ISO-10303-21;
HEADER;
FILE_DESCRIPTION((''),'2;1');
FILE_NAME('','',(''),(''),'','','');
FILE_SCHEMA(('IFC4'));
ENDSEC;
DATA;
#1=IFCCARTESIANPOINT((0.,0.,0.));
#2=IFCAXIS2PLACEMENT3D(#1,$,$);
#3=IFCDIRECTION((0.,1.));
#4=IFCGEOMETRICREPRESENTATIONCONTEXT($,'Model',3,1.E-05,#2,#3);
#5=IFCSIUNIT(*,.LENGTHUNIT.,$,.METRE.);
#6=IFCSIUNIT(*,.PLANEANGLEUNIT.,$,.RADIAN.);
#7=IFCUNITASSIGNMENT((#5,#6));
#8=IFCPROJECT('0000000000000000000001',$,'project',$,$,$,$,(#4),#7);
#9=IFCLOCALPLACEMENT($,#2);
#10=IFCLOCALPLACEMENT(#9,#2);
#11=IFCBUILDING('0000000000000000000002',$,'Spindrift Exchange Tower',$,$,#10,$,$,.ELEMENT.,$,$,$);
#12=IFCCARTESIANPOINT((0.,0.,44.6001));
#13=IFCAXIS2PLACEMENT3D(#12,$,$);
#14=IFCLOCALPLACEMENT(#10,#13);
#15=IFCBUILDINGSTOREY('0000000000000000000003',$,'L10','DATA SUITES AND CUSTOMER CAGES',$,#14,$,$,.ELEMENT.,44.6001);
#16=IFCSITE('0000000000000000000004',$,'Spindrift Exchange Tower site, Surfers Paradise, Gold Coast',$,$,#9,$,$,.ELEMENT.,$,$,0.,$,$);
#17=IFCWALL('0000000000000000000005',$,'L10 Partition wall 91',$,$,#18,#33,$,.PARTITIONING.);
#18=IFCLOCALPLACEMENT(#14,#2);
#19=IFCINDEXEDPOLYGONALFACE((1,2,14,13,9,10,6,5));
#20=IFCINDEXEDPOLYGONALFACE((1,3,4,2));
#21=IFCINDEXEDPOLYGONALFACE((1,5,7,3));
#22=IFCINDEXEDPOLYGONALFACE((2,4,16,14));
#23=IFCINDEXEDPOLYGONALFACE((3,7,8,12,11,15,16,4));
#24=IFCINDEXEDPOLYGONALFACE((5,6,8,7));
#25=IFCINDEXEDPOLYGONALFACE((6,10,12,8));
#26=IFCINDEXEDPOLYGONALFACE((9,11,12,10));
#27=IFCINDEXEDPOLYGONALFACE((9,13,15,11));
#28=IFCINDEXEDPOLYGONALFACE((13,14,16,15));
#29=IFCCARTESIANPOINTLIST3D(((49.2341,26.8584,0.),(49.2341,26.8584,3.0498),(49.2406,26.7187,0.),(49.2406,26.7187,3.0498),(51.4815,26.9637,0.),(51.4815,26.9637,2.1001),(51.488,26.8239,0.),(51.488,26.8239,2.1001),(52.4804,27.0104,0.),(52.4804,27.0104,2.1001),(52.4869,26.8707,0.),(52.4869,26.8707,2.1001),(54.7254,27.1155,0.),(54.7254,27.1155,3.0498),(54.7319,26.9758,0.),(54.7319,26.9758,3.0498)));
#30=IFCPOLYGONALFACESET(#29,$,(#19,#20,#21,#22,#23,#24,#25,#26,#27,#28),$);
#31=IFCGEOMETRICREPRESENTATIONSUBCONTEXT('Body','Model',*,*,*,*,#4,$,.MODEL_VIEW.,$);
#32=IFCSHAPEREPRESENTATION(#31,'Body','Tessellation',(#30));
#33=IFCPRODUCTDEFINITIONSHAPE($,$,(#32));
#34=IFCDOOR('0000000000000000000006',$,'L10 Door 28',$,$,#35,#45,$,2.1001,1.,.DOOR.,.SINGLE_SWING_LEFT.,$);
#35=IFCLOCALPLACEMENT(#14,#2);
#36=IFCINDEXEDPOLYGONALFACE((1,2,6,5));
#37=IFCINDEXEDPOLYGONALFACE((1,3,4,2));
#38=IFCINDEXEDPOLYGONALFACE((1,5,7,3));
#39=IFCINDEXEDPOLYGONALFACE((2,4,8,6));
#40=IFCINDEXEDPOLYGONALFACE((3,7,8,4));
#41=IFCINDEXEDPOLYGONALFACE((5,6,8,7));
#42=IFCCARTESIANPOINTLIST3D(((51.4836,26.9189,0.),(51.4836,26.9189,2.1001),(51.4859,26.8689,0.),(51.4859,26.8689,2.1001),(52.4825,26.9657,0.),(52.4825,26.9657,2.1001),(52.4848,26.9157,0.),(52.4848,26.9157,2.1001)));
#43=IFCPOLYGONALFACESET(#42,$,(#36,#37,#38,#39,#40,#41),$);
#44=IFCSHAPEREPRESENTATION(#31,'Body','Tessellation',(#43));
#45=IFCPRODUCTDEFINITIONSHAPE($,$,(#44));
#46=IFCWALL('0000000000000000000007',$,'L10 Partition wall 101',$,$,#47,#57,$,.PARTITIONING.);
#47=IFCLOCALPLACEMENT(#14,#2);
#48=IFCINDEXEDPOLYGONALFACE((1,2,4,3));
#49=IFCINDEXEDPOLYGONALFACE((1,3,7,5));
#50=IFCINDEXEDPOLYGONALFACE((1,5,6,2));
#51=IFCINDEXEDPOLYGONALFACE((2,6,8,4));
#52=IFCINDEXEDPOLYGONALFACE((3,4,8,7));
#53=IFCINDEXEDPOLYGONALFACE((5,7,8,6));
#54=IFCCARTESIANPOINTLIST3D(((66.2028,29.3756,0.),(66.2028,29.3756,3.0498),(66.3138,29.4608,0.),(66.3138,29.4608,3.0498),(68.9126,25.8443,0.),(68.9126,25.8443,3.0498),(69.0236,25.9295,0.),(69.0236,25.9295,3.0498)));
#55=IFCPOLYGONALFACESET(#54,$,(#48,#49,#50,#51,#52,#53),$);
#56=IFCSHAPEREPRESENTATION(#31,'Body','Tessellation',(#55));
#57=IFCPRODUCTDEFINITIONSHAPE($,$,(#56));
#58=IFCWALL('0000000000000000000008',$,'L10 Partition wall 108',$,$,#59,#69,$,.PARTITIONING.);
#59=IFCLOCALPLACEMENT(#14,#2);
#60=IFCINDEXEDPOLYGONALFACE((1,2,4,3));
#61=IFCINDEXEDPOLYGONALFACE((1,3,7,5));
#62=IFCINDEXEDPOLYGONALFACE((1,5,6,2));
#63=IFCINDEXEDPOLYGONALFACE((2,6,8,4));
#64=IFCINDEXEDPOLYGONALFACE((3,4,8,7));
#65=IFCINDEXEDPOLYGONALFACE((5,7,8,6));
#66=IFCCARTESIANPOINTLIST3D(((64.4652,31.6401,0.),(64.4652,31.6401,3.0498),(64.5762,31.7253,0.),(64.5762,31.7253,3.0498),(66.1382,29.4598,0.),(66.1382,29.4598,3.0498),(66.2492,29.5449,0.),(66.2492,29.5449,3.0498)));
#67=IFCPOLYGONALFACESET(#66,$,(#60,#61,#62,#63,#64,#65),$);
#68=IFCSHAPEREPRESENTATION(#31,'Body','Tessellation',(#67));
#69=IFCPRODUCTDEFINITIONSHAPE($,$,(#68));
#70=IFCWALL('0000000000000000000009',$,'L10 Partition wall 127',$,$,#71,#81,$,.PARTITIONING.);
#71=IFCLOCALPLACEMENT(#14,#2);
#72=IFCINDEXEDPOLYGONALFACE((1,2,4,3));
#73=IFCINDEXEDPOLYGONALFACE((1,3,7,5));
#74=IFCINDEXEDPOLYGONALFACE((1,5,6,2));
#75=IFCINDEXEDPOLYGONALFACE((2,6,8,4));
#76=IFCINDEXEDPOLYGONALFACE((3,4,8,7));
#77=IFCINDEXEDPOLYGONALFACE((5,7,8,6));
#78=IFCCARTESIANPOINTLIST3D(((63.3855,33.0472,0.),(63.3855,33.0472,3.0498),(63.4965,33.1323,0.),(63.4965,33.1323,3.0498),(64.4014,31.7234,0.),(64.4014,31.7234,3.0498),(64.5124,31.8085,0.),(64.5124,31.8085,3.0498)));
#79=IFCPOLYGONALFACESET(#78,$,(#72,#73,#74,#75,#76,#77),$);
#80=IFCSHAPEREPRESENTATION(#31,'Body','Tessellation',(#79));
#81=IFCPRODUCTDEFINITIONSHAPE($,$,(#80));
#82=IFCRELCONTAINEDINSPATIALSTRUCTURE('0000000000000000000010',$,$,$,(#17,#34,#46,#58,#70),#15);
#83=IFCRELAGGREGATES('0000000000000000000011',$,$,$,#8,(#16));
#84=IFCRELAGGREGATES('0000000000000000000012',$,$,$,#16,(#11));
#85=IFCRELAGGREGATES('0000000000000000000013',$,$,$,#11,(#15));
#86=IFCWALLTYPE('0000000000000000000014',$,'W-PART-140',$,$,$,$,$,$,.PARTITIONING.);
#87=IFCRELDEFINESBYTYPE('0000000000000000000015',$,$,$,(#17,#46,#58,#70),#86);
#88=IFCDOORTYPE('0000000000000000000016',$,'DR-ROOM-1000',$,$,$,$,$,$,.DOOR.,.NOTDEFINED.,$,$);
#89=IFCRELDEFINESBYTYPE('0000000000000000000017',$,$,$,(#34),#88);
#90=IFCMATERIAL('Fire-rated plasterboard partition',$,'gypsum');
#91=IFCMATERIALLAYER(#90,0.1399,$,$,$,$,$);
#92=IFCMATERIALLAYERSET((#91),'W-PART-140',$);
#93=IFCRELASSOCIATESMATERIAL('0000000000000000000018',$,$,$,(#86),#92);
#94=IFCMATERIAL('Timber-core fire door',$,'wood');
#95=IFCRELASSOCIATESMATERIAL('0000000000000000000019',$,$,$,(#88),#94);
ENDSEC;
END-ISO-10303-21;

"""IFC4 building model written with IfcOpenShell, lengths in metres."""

from ifc_helpers import new_model, si_unit, direction, frame, frame_2d, origin, place, context, subcontext, project, spatial, rectangle, extrude, source, transform, mapped, material, layer, layer_set, type_object, element, fill, save


model = new_model("IFC4")

# Units and contexts
model_context = context("Model", 3, precision=1e-05, world=origin(), true_north=direction((0.0, 1.0)))
body_context = subcontext(model_context, "Body", "Model", "MODEL_VIEW")
ifc_project = project(units=[si_unit("LENGTHUNIT", "METRE"), si_unit("PLANEANGLEUNIT", "RADIAN")], contexts=[model_context])

# Site, building, storey
site_placement = place(None, origin())
site = spatial("IfcSite", under=ifc_project, at=site_placement, Name="Spindrift Exchange Tower site, Surfers Paradise, Gold Coast", CompositionType="ELEMENT", RefElevation=0.0)
building_placement = place(site_placement, origin())
building = spatial("IfcBuilding", under=site, at=building_placement, Name="Spindrift Exchange Tower", CompositionType="ELEMENT")
storey_placement = place(building_placement, frame((0.0, 0.0, 44.6001)))
storey = spatial("IfcBuildingStorey", under=building, at=storey_placement, Name="L10", Description="DATA SUITES AND CUSTOMER CAGES", CompositionType="ELEMENT", Elevation=44.6001)

# Shared definitions
ifc_material_1 = material(Name="Fire-rated plasterboard partition", Category="gypsum")
ifc_layer_1 = layer(ifc_material_1, 0.1399)
ifc_layer_set_1 = layer_set([ifc_layer_1], Name="W-PART-140")
wall_type = type_object("IfcWallType", Name="W-PART-140", PredefinedType="PARTITIONING", material=ifc_layer_set_1)

# Wall, opening, door
wall_1_placement = place(storey_placement, frame((54.7285, 27.0457, 0.0), z_axis=(0.0, 0.0, 1.0), x_axis=(-0.998906, -0.046765, 0.0)))
wall_1 = element("IfcWall", 1, at=wall_1_placement, inside=storey, type_object=wall_type, Name="L10 Partition wall 91", PredefinedType="PARTITIONING", context=body_context, shape_type="SweptSolid", body=[
    extrude(rectangle(XDim=5.4973, YDim=0.1399, at=frame_2d((2.7485, 0.0))), origin(), (0.0, 0.0, 1.0), 3.0498),
])
opening_placement = place(wall_1_placement, frame((2.2473, 0.0, 0.0)))
opening = element("IfcOpeningElement", 2, at=opening_placement, cuts=wall_1, PredefinedType="OPENING", context=body_context, shape_type="SweptSolid", body=[
    extrude(rectangle(XDim=1.0, YDim=2.1001, at=frame_2d((0.5, 1.05))), frame((0.0, 0.0798, 0.0), z_axis=(0.0, -1.0, 0.0), x_axis=(1.0, 0.0, 0.0)), (0.0, 0.0, 1.0), 0.1599),
])
ifc_material_2 = material(Name="Timber-core fire door", Category="wood")
door_type = type_object("IfcDoorType", Name="DR-ROOM-1000", OperationType="NOTDEFINED", PredefinedType="DOOR", material=ifc_material_2)
shared_shape_1 = source(origin(), body_context, "Body", "SweptSolid", [
    extrude(rectangle(XDim=1.0, YDim=2.1001, at=frame_2d((0.5, 1.05))), frame((0.0, 0.0249, 0.0), z_axis=(0.0, -1.0, 0.0), x_axis=(1.0, 0.0, 0.0)), (0.0, 0.0, 1.0), 0.05),
])
door_placement = place(opening_placement, origin())
door = element("IfcDoor", 3, at=door_placement, inside=storey, type_object=door_type, Name="L10 Door 28", OperationType="SINGLE_SWING_LEFT", OverallHeight=2.1001, OverallWidth=1.0, PredefinedType="DOOR", context=body_context, shape_type="MappedRepresentation", body=[
    mapped(shared_shape_1, transform((0.0, 0.0, 0.0), scale=1.0)),
])
fill(opening, door)

# Walls
wall_2_placement = place(storey_placement, frame((66.2583, 29.4182, 0.0), z_axis=(0.0, 0.0, 1.0), x_axis=(0.608775, -0.793343, 0.0)))
element("IfcWall", 4, at=wall_2_placement, inside=storey, type_object=wall_type, Name="L10 Partition wall 101", PredefinedType="PARTITIONING", context=body_context, shape_type="SweptSolid", body=[
    extrude(rectangle(XDim=4.4512, YDim=0.1399, at=frame_2d((2.2256, 0.0))), origin(), (0.0, 0.0, 1.0), 3.0498),
])
wall_3_placement = place(storey_placement, frame((64.5208, 31.6826, 0.0), z_axis=(0.0, 0.0, 1.0), x_axis=(0.608762, -0.793353, 0.0)))
element("IfcWall", 5, at=wall_3_placement, inside=storey, type_object=wall_type, Name="L10 Partition wall 108", PredefinedType="PARTITIONING", context=body_context, shape_type="SweptSolid", body=[
    extrude(rectangle(XDim=2.7483, YDim=0.1399, at=frame_2d((1.374, 0.0))), origin(), (0.0, 0.0, 1.0), 3.0498),
])
wall_4_placement = place(storey_placement, frame((63.4409, 33.0898, 0.0), z_axis=(0.0, 0.0, 1.0), x_axis=(0.608812, -0.793314, 0.0)))
element("IfcWall", 6, at=wall_4_placement, inside=storey, type_object=wall_type, Name="L10 Partition wall 127", PredefinedType="PARTITIONING", context=body_context, shape_type="SweptSolid", body=[
    extrude(rectangle(XDim=1.6687, YDim=0.1399, at=frame_2d((0.8345, 0.0))), origin(), (0.0, 0.0, 1.0), 3.0498),
])

save(model, "model.ifc")
